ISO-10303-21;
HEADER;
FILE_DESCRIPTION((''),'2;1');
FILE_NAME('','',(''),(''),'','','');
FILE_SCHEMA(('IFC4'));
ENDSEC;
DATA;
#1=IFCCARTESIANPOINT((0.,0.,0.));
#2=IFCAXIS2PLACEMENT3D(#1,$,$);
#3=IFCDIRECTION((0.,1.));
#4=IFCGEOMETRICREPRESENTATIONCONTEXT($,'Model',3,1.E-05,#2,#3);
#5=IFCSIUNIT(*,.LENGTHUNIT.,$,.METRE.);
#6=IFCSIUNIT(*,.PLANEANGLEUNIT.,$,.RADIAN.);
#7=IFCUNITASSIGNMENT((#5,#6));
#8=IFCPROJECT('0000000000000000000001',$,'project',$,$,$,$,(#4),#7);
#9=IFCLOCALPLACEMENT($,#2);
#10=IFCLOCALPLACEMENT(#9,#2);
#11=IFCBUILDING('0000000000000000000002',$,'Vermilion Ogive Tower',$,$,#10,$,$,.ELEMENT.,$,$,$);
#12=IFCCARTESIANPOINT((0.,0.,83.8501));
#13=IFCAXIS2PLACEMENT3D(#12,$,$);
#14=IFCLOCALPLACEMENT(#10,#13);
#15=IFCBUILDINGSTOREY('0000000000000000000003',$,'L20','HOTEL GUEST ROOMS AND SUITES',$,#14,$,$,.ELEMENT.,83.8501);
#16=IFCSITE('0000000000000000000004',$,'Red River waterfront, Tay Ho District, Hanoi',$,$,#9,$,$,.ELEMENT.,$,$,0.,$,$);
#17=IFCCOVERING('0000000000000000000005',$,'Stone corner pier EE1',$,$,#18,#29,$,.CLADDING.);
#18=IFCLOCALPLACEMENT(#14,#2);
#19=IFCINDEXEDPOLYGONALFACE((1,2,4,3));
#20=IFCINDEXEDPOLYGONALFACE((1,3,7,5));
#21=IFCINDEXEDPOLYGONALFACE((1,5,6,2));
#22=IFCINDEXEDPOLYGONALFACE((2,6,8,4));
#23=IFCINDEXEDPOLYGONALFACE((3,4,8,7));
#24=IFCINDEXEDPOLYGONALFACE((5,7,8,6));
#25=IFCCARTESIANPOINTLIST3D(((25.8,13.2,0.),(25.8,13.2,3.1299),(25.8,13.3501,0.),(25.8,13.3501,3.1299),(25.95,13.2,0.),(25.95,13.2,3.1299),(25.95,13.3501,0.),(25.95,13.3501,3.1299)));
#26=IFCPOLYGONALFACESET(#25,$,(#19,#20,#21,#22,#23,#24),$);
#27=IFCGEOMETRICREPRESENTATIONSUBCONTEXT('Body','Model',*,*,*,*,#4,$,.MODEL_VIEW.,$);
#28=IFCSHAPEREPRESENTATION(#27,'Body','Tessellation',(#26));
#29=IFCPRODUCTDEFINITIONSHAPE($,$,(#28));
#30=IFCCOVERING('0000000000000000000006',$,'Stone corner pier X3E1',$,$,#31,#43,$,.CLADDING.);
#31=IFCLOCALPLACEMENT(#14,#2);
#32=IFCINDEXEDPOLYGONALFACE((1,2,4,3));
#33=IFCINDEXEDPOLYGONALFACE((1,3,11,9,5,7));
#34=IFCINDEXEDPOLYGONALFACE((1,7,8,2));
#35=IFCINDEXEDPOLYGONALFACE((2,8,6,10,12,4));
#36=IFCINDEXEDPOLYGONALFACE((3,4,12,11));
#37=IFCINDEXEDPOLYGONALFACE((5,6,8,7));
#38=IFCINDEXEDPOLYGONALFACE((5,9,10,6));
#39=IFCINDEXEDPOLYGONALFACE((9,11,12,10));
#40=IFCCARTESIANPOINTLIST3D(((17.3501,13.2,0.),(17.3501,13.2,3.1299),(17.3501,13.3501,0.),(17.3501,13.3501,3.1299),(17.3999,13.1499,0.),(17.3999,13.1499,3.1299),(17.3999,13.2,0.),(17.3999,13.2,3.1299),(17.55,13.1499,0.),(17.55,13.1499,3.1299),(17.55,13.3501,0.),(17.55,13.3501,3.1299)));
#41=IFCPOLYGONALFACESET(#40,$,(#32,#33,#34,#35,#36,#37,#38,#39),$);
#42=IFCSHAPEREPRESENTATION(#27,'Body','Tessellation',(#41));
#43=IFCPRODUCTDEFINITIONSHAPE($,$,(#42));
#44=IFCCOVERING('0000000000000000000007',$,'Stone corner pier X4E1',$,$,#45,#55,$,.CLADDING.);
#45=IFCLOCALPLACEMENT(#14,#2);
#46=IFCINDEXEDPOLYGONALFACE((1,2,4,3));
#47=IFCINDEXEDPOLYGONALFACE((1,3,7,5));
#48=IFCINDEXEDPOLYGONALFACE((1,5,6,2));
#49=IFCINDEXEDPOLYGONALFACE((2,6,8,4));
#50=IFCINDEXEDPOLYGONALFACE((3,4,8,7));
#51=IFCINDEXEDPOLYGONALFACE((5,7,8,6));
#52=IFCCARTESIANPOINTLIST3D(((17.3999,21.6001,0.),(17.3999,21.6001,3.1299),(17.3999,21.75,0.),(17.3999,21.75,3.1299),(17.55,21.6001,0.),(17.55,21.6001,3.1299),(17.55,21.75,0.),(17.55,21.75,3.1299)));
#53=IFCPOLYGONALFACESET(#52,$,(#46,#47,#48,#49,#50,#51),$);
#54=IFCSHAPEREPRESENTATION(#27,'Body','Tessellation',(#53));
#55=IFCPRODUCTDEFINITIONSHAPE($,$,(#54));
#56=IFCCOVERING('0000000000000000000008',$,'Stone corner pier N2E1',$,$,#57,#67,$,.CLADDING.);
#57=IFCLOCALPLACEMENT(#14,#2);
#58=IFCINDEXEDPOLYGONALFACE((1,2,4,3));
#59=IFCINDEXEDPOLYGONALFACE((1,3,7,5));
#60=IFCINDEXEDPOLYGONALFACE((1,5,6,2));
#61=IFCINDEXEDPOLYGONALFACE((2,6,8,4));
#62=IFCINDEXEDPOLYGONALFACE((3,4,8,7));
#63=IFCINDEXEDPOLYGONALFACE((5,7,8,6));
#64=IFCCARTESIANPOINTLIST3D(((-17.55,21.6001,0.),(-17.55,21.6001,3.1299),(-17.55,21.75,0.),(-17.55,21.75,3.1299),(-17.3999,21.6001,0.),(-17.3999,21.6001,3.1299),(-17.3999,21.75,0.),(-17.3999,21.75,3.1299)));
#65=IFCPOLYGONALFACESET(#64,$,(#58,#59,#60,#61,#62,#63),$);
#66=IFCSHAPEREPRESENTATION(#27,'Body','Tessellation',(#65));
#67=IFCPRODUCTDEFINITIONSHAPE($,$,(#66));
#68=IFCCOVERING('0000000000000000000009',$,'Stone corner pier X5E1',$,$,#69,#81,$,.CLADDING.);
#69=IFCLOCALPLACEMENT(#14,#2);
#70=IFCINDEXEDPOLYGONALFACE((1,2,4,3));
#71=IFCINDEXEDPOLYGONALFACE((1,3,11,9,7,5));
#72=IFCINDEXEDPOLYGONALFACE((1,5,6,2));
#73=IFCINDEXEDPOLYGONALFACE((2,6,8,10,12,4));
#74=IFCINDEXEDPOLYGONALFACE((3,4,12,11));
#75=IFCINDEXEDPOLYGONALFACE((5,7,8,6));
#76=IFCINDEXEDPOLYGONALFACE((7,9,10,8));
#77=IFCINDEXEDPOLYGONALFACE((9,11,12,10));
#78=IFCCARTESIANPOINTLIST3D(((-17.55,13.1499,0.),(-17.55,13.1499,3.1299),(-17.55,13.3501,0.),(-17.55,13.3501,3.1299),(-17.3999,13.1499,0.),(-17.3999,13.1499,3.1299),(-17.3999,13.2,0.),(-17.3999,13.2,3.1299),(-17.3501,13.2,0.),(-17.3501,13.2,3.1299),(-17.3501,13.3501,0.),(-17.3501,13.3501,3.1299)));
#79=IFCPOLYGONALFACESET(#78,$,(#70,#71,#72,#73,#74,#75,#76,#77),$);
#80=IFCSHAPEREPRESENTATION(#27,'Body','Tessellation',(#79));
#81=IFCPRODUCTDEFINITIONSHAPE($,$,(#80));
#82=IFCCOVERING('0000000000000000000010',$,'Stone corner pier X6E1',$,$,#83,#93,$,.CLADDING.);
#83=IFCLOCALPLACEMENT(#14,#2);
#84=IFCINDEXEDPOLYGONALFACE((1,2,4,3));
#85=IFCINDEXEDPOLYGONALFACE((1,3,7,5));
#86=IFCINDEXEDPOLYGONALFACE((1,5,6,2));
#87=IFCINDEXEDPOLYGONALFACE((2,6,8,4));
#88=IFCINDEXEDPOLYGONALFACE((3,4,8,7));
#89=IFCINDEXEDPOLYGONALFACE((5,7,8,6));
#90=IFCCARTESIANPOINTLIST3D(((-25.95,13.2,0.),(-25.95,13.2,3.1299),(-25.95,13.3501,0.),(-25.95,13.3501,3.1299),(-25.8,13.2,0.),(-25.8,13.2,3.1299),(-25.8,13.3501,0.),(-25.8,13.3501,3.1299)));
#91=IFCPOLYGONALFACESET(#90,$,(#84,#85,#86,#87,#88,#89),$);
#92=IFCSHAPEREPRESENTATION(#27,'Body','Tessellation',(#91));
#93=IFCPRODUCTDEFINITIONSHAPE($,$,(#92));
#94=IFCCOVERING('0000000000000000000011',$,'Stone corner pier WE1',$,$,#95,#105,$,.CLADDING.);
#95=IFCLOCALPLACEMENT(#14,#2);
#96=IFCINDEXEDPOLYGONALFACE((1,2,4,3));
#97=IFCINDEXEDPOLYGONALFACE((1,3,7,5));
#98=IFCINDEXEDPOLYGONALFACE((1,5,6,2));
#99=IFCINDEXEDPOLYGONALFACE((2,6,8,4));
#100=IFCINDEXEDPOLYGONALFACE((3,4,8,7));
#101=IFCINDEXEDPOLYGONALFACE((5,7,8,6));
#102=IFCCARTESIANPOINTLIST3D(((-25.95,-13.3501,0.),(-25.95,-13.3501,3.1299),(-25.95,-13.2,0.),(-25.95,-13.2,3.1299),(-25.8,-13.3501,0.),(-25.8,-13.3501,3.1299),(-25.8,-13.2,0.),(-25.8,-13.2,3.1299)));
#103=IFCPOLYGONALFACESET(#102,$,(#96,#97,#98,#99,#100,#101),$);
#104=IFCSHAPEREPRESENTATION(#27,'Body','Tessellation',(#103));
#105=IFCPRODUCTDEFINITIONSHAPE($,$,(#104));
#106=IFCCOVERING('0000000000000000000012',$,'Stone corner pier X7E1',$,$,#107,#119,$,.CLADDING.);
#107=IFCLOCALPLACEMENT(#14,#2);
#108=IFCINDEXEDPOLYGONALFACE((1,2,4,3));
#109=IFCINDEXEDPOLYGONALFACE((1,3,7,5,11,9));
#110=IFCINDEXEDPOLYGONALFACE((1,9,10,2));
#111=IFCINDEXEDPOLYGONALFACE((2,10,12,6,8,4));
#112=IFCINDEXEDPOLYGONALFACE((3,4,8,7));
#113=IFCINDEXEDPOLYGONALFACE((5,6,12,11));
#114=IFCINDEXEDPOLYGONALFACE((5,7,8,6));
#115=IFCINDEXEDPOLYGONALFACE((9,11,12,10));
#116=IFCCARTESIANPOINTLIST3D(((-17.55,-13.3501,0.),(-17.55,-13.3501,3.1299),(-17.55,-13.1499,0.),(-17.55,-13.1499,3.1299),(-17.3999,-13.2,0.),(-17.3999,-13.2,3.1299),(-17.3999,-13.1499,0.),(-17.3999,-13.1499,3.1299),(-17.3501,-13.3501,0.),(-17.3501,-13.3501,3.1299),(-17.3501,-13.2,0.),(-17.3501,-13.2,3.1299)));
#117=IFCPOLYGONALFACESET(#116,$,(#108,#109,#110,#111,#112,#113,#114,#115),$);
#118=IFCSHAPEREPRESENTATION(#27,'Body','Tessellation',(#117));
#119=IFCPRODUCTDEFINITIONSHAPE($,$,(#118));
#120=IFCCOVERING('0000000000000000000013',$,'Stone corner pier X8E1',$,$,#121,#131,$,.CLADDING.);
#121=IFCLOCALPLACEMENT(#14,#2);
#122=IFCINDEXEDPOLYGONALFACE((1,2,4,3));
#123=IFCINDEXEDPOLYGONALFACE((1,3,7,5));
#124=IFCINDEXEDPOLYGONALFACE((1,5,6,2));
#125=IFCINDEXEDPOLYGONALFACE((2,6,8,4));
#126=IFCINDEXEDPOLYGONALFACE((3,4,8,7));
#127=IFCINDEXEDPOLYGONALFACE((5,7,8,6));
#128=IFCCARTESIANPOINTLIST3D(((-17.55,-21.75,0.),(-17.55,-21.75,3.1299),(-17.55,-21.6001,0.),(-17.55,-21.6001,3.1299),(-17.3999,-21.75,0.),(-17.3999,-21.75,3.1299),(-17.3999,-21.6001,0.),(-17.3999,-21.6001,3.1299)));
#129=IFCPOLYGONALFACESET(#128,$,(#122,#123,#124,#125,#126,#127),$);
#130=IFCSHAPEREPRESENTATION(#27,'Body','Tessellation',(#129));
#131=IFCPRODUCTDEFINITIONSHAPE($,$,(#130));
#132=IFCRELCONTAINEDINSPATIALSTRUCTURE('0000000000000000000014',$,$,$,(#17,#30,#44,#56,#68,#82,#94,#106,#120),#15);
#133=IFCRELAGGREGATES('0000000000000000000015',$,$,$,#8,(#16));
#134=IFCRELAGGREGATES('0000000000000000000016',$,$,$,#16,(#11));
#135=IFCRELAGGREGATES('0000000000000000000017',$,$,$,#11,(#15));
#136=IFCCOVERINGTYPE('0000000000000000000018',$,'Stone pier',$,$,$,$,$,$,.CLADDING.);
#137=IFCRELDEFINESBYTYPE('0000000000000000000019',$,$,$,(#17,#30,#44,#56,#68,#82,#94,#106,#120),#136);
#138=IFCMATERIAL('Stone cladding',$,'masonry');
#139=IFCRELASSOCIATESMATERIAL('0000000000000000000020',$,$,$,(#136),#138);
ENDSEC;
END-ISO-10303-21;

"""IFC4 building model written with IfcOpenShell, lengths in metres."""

from ifc_helpers import new_model, si_unit, direction, frame, origin, place, context, subcontext, project, spatial, polyline, outline, extrude, material, type_object, element, save


model = new_model("IFC4")

# Units and contexts
model_context = context("Model", 3, precision=1e-05, world=origin(), true_north=direction((0.0, 1.0)))
body_context = subcontext(model_context, "Body", "Model", "MODEL_VIEW")
ifc_project = project(units=[si_unit("LENGTHUNIT", "METRE"), si_unit("PLANEANGLEUNIT", "RADIAN")], contexts=[model_context])

# Site, building, storey
site_placement = place(None, origin())
site = spatial("IfcSite", under=ifc_project, at=site_placement, Name="Red River waterfront, Tay Ho District, Hanoi", CompositionType="ELEMENT", RefElevation=0.0)
building_placement = place(site_placement, origin())
building = spatial("IfcBuilding", under=site, at=building_placement, Name="Vermilion Ogive Tower", CompositionType="ELEMENT")
storey_placement = place(building_placement, frame((0.0, 0.0, 83.8501)))
storey = spatial("IfcBuildingStorey", under=building, at=storey_placement, Name="L20", Description="HOTEL GUEST ROOMS AND SUITES", CompositionType="ELEMENT", Elevation=83.8501)

# Coverings
ifc_material_1 = material(Name="Stone cladding", Category="masonry")
covering_type_1 = type_object("IfcCoveringType", Name="Stone pier", PredefinedType="CLADDING", material=ifc_material_1)
covering_1_placement = place(storey_placement, origin())
element("IfcCovering", 1, at=covering_1_placement, inside=storey, type_object=covering_type_1, Name="Stone corner pier EE1", PredefinedType="CLADDING", context=body_context, shape_type="SweptSolid", body=[
    extrude(outline(polyline([(25.95, 13.2), (25.8, 13.2), (25.8, 13.3501), (25.95, 13.3501), (25.95, 13.2)])), origin(), (0.0, 0.0, 1.0), 3.1299),
])
covering_2_placement = place(storey_placement, origin())
element("IfcCovering", 2, at=covering_2_placement, inside=storey, type_object=covering_type_1, Name="Stone corner pier X3E1", PredefinedType="CLADDING", context=body_context, shape_type="SweptSolid", body=[
    extrude(outline(polyline([(17.3999, 13.1499), (17.3999, 13.2), (17.3501, 13.2), (17.3501, 13.3501), (17.55, 13.3501), (17.55, 13.1499), (17.3999, 13.1499)])), origin(), (0.0, 0.0, 1.0), 3.1299),
])
covering_3_placement = place(storey_placement, origin())
element("IfcCovering", 3, at=covering_3_placement, inside=storey, type_object=covering_type_1, Name="Stone corner pier X4E1", PredefinedType="CLADDING", context=body_context, shape_type="SweptSolid", body=[
    extrude(outline(polyline([(17.55, 21.6001), (17.3999, 21.6001), (17.3999, 21.6001), (17.3999, 21.75), (17.55, 21.75), (17.55, 21.6001)])), origin(), (0.0, 0.0, 1.0), 3.1299),
])
covering_4_placement = place(storey_placement, origin())
element("IfcCovering", 4, at=covering_4_placement, inside=storey, type_object=covering_type_1, Name="Stone corner pier N2E1", PredefinedType="CLADDING", context=body_context, shape_type="SweptSolid", body=[
    extrude(outline(polyline([(-17.3999, 21.75), (-17.3999, 21.6001), (-17.3999, 21.6001), (-17.55, 21.6001), (-17.55, 21.75), (-17.3999, 21.75)])), origin(), (0.0, 0.0, 1.0), 3.1299),
])
covering_5_placement = place(storey_placement, origin())
element("IfcCovering", 5, at=covering_5_placement, inside=storey, type_object=covering_type_1, Name="Stone corner pier X5E1", PredefinedType="CLADDING", context=body_context, shape_type="SweptSolid", body=[
    extrude(outline(polyline([(-17.3501, 13.2), (-17.3999, 13.2), (-17.3999, 13.1499), (-17.55, 13.1499), (-17.55, 13.3501), (-17.3501, 13.3501), (-17.3501, 13.2)])), origin(), (0.0, 0.0, 1.0), 3.1299),
])
covering_6_placement = place(storey_placement, origin())
element("IfcCovering", 6, at=covering_6_placement, inside=storey, type_object=covering_type_1, Name="Stone corner pier X6E1", PredefinedType="CLADDING", context=body_context, shape_type="SweptSolid", body=[
    extrude(outline(polyline([(-25.8, 13.3501), (-25.8, 13.2), (-25.95, 13.2), (-25.95, 13.3501), (-25.8, 13.3501)])), origin(), (0.0, 0.0, 1.0), 3.1299),
])
covering_7_placement = place(storey_placement, origin())
element("IfcCovering", 7, at=covering_7_placement, inside=storey, type_object=covering_type_1, Name="Stone corner pier WE1", PredefinedType="CLADDING", context=body_context, shape_type="SweptSolid", body=[
    extrude(outline(polyline([(-25.95, -13.2), (-25.8, -13.2), (-25.8, -13.3501), (-25.95, -13.3501), (-25.95, -13.2)])), origin(), (0.0, 0.0, 1.0), 3.1299),
])
covering_8_placement = place(storey_placement, origin())
element("IfcCovering", 8, at=covering_8_placement, inside=storey, type_object=covering_type_1, Name="Stone corner pier X7E1", PredefinedType="CLADDING", context=body_context, shape_type="SweptSolid", body=[
    extrude(outline(polyline([(-17.3999, -13.1499), (-17.3999, -13.2), (-17.3501, -13.2), (-17.3501, -13.3501), (-17.55, -13.3501), (-17.55, -13.1499), (-17.3999, -13.1499)])), origin(), (0.0, 0.0, 1.0), 3.1299),
])
covering_9_placement = place(storey_placement, origin())
element("IfcCovering", 9, at=covering_9_placement, inside=storey, type_object=covering_type_1, Name="Stone corner pier X8E1", PredefinedType="CLADDING", context=body_context, shape_type="SweptSolid", body=[
    extrude(outline(polyline([(-17.55, -21.6001), (-17.3999, -21.6001), (-17.3999, -21.6001), (-17.3999, -21.75), (-17.55, -21.75), (-17.55, -21.6001)])), origin(), (0.0, 0.0, 1.0), 3.1299),
])

save(model, "model.ifc")
